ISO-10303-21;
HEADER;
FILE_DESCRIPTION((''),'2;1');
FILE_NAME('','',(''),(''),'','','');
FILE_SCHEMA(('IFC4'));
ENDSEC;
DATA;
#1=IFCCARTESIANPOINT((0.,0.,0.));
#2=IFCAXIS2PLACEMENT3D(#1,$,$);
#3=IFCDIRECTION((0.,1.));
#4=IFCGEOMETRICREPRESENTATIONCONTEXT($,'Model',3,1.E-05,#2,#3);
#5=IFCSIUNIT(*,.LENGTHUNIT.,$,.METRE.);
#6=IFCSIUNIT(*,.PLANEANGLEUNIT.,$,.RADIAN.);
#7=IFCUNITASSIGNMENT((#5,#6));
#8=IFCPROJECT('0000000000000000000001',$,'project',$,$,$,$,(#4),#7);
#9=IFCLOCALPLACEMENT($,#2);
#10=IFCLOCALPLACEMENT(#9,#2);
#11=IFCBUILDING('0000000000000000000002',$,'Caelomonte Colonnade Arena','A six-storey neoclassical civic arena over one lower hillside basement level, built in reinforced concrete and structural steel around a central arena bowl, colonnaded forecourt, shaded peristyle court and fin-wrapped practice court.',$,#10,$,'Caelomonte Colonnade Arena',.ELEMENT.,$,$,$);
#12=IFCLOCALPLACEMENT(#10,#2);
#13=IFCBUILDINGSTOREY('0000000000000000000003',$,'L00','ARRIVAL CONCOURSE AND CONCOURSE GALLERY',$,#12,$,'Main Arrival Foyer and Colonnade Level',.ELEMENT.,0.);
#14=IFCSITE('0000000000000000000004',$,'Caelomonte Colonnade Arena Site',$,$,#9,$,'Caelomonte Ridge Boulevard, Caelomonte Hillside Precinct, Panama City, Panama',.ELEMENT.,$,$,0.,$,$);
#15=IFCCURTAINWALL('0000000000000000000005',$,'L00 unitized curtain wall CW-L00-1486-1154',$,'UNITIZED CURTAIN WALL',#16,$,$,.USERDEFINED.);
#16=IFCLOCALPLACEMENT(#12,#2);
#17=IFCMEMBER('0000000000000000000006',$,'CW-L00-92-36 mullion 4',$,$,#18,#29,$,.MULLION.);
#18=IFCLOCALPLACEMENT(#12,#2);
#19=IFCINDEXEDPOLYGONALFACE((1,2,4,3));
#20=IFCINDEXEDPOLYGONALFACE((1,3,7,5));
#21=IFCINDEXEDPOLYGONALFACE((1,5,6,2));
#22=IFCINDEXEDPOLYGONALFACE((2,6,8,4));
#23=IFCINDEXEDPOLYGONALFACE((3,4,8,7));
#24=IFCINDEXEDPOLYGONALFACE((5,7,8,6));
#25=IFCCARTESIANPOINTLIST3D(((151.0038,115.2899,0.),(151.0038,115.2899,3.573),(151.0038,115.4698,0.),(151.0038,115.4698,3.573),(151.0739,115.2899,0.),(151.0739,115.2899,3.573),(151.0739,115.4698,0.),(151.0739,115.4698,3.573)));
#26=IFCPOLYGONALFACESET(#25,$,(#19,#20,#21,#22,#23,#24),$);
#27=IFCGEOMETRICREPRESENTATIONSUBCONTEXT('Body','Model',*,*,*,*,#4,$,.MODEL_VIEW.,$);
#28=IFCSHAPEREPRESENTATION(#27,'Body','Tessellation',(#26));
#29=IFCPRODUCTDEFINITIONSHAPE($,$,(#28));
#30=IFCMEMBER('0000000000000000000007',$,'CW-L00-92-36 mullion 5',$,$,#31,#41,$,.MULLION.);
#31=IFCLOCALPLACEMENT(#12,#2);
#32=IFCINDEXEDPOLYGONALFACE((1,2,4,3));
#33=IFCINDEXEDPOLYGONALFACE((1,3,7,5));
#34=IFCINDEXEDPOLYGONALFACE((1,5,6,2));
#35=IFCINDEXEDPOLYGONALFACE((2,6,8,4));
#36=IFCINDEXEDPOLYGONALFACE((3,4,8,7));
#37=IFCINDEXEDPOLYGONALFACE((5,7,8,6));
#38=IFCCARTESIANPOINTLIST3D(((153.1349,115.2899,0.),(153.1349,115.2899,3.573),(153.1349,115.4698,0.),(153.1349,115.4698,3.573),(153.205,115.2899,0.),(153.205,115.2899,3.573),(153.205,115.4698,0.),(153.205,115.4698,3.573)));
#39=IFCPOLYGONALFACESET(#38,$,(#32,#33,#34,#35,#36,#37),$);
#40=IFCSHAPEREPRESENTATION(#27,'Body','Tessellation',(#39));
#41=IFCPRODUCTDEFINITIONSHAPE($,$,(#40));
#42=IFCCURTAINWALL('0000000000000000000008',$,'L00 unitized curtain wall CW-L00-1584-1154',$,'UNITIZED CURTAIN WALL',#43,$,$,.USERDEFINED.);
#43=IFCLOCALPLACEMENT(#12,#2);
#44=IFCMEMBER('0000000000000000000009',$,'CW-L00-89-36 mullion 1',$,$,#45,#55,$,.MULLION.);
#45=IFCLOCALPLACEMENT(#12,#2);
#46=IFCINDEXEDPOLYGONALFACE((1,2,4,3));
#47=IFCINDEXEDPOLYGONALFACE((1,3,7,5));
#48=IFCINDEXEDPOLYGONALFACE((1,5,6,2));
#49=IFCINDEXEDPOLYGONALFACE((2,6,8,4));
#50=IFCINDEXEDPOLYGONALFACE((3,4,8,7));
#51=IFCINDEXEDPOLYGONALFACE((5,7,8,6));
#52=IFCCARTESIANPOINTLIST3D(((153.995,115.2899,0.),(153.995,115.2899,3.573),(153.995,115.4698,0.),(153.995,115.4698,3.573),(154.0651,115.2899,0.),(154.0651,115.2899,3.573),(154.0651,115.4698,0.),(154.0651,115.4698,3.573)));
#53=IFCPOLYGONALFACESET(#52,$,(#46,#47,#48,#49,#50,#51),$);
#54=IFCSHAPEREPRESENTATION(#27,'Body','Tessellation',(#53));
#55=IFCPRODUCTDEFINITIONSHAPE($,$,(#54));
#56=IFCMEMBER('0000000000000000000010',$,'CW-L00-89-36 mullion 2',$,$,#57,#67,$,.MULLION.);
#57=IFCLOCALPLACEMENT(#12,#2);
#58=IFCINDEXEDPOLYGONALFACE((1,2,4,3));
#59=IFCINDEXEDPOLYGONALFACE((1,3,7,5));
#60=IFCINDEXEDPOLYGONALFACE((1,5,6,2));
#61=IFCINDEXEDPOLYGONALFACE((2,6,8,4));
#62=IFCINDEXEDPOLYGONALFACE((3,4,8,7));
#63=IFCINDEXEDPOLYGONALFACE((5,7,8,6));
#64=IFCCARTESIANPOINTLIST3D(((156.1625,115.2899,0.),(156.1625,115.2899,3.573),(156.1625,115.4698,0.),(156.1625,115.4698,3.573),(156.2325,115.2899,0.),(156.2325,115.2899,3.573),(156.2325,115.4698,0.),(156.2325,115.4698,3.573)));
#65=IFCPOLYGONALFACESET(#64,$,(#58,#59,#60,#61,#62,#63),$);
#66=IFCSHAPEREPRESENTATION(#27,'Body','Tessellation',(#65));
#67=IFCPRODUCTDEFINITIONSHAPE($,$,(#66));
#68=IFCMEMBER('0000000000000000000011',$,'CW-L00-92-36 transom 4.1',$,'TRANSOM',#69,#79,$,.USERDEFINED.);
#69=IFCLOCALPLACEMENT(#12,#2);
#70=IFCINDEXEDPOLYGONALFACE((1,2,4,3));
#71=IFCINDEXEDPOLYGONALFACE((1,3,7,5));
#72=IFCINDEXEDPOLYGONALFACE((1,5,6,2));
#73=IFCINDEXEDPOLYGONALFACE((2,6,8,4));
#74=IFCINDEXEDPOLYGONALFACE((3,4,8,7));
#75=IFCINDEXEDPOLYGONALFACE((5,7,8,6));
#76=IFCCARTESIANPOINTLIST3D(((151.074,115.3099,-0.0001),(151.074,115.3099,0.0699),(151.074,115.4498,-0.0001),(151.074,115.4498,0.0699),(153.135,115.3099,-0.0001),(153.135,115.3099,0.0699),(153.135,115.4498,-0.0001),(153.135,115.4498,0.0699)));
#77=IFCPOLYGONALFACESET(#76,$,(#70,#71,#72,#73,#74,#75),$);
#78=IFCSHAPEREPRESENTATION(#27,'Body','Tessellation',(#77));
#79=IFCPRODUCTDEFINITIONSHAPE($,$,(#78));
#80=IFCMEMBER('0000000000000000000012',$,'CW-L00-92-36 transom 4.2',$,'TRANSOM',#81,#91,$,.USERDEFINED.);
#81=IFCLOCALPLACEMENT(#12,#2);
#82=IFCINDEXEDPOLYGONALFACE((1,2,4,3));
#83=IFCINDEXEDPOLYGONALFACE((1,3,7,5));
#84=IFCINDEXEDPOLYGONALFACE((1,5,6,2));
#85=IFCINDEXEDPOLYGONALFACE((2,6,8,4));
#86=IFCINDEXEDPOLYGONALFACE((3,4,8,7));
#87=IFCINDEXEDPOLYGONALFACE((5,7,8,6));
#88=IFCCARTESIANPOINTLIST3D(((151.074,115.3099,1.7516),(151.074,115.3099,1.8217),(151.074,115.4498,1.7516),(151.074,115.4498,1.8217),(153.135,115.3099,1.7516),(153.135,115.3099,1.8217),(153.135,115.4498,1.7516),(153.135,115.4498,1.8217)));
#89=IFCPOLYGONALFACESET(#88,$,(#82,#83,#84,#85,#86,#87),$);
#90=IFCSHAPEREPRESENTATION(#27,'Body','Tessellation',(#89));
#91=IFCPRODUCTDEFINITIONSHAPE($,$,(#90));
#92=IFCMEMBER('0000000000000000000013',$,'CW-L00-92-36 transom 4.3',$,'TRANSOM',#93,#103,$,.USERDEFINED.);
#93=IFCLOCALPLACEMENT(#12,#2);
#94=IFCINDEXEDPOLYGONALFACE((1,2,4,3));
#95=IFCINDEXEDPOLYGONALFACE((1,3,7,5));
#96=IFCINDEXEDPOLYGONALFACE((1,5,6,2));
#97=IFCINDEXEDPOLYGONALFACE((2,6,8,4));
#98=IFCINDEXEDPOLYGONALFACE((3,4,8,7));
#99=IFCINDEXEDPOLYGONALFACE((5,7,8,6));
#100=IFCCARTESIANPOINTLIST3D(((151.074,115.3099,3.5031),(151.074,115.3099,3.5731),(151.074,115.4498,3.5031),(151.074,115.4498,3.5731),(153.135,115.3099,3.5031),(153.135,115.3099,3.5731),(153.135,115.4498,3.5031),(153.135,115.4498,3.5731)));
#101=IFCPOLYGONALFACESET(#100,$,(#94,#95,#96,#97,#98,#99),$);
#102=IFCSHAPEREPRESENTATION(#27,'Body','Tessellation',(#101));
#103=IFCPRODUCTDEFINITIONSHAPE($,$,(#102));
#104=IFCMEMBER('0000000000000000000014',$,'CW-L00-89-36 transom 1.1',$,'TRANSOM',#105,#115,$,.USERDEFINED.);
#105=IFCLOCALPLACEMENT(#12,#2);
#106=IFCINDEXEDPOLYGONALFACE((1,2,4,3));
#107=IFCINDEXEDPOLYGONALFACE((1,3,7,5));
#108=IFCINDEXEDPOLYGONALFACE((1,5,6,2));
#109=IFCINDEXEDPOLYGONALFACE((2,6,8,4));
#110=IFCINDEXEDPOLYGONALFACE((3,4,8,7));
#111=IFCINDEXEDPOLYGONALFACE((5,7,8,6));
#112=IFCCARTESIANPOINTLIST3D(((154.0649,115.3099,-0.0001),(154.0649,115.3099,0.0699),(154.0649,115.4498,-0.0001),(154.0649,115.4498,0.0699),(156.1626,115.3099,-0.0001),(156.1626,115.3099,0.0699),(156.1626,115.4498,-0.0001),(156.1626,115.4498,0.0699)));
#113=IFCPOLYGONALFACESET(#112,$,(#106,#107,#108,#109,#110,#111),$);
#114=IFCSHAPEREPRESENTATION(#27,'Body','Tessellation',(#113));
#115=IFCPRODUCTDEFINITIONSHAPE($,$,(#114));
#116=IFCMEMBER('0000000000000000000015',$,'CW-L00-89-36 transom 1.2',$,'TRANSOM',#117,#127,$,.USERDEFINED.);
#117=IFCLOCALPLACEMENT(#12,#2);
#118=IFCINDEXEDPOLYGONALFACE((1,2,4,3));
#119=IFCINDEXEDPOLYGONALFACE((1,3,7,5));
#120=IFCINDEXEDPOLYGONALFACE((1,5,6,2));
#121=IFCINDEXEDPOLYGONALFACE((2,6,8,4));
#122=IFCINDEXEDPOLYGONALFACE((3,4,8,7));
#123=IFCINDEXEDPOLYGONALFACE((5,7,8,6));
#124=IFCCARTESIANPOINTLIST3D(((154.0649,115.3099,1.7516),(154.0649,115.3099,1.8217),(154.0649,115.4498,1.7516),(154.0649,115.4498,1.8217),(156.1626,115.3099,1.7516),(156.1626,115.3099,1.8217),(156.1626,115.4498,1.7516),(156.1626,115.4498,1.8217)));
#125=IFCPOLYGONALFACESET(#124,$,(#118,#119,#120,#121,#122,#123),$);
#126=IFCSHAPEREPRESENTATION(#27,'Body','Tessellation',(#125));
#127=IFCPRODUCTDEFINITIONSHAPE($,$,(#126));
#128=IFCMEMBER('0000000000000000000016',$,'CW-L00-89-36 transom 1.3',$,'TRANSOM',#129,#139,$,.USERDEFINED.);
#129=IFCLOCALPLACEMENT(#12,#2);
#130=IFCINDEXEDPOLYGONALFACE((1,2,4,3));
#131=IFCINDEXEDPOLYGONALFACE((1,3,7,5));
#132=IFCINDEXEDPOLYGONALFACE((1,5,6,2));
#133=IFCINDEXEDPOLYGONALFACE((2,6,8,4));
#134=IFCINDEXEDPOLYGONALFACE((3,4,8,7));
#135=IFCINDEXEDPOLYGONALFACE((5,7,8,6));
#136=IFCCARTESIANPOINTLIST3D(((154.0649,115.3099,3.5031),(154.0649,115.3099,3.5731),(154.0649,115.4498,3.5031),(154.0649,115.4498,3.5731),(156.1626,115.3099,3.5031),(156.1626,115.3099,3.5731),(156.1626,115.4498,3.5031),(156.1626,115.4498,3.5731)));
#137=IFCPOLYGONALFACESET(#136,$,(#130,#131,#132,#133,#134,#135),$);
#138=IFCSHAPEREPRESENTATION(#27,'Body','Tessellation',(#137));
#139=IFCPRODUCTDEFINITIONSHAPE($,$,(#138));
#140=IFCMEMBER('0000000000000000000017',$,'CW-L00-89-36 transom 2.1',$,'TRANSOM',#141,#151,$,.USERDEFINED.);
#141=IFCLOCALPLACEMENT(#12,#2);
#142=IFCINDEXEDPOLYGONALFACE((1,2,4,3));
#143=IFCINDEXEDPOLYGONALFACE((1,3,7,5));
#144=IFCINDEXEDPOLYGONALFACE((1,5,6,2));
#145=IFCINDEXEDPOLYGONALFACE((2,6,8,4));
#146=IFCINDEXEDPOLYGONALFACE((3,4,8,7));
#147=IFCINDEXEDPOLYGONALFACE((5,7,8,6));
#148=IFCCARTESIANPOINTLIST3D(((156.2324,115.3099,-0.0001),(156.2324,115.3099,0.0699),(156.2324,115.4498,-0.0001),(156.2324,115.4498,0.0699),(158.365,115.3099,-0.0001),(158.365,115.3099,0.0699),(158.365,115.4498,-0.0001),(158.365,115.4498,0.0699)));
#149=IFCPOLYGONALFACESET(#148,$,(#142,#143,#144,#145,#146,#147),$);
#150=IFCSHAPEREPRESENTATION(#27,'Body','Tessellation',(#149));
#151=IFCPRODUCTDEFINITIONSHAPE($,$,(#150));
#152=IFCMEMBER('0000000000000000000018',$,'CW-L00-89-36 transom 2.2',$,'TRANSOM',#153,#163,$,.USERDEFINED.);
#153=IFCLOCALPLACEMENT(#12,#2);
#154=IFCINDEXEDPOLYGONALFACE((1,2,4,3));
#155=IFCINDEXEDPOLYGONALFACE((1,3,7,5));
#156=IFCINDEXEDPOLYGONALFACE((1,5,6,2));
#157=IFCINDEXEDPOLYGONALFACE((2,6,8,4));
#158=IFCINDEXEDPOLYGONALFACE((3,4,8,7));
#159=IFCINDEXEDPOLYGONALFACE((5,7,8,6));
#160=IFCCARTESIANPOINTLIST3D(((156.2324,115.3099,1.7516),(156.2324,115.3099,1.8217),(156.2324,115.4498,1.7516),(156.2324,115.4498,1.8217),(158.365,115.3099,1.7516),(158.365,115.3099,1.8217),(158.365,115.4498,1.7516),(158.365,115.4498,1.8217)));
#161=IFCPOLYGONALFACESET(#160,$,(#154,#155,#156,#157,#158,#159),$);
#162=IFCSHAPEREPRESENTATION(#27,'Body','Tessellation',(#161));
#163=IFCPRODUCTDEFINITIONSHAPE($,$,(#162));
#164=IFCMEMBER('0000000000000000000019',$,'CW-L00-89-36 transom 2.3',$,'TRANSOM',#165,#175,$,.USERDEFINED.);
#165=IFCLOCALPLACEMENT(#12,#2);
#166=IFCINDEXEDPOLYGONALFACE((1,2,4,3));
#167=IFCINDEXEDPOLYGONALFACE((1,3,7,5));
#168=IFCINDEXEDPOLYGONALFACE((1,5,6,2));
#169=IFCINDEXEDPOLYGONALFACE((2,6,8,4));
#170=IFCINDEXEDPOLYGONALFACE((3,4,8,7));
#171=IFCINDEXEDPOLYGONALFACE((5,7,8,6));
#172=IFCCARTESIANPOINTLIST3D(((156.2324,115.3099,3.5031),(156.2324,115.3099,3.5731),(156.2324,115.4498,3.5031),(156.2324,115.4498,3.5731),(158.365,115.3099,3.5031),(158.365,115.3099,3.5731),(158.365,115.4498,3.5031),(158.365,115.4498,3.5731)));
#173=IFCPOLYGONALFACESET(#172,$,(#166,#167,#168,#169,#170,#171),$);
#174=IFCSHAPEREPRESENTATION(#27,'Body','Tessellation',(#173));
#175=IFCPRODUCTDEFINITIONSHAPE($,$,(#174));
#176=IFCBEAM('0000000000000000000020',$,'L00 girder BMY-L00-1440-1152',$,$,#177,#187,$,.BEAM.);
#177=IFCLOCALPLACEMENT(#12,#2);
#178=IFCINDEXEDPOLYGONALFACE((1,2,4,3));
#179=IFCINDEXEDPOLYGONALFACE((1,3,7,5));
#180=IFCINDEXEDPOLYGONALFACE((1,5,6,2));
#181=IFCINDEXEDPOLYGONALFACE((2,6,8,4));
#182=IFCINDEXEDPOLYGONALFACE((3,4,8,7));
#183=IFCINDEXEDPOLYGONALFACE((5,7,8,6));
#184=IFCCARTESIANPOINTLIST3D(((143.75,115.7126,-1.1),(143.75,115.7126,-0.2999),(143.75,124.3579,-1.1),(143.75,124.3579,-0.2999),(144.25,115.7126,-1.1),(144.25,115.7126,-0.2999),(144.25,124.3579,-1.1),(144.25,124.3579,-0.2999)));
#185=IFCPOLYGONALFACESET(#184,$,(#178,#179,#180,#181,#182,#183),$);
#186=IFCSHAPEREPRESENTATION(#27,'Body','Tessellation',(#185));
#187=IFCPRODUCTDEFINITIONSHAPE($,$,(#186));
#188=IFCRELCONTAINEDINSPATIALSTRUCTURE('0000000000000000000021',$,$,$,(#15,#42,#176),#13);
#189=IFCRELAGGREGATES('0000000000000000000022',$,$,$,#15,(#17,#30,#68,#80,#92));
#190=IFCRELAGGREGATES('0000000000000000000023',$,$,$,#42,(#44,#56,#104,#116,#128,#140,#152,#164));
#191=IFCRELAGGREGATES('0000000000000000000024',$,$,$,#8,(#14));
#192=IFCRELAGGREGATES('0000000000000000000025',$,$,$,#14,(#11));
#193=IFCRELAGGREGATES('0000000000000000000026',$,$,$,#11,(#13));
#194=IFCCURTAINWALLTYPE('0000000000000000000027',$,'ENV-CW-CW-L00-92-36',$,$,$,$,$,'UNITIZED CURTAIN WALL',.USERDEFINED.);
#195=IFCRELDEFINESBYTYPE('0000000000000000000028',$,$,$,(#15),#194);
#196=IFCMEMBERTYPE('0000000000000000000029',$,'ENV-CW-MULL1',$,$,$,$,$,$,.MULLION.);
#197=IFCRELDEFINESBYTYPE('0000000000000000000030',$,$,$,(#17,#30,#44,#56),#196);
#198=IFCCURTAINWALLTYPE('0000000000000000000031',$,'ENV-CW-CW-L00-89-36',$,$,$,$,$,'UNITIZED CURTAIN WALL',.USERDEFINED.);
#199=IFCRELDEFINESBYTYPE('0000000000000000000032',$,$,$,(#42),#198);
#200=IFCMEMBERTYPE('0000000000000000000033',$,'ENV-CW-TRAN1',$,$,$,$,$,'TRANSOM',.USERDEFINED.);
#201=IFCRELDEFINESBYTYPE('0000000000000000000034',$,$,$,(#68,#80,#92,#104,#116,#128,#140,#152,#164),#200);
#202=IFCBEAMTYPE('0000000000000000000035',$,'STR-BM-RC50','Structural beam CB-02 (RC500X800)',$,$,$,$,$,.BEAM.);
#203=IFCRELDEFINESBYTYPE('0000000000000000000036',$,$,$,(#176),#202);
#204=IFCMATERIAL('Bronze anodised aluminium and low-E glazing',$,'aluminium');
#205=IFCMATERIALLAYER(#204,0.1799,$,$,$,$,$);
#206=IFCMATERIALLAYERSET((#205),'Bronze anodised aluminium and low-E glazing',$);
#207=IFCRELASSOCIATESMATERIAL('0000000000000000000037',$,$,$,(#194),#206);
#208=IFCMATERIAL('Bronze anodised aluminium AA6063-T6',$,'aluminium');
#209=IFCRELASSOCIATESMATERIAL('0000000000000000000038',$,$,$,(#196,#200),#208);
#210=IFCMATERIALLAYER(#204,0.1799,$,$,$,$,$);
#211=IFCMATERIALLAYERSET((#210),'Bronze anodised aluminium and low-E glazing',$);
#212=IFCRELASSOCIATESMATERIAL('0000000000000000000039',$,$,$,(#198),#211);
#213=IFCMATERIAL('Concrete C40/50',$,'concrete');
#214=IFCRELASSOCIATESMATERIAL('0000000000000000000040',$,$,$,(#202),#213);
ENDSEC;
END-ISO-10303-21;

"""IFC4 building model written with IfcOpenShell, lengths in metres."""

from ifc_helpers import new_model, si_unit, direction, frame, origin, origin_2d, place, context, subcontext, project, spatial, rectangle, extrude, material, layer, layer_set, material_profile, profile_set, type_object, element, aggregate, save


model = new_model("IFC4")

# Units and contexts
model_context = context("Model", 3, precision=1e-05, world=origin(), true_north=direction((0.0, 1.0)))
body_context = subcontext(model_context, "Body", "Model", "MODEL_VIEW")
ifc_project = project(units=[si_unit("LENGTHUNIT", "METRE"), si_unit("PLANEANGLEUNIT", "RADIAN")], contexts=[model_context])

# Site, building, storey
site_placement = place(None, origin())
site = spatial("IfcSite", under=ifc_project, at=site_placement, Name="Caelomonte Colonnade Arena Site", LongName="Caelomonte Ridge Boulevard, Caelomonte Hillside Precinct, Panama City, Panama", CompositionType="ELEMENT", RefElevation=0.0)
building_placement = place(site_placement, origin())
building = spatial("IfcBuilding", under=site, at=building_placement, Name="Caelomonte Colonnade Arena", Description="A six-storey neoclassical civic arena over one lower hillside basement level, built in reinforced concrete and structural steel around a central arena bowl, colonnaded forecourt, shaded peristyle court and fin-wrapped practice court.", LongName="Caelomonte Colonnade Arena", CompositionType="ELEMENT")
storey_placement = place(building_placement, origin())
storey = spatial("IfcBuildingStorey", under=building, at=storey_placement, Name="L00", Description="ARRIVAL CONCOURSE AND CONCOURSE GALLERY", LongName="Main Arrival Foyer and Colonnade Level", CompositionType="ELEMENT", Elevation=0.0)

# Curtain walls, members
ifc_material_1 = material(Name="Bronze anodised aluminium and low-E glazing", Category="aluminium")
ifc_layer_1 = layer(ifc_material_1, 0.1799)
ifc_layer_set_1 = layer_set([ifc_layer_1], Name="Bronze anodised aluminium and low-E glazing")
curtain_wall_type_1 = type_object("IfcCurtainWallType", Name="ENV-CW-CW-L00-92-36", ElementType="UNITIZED CURTAIN WALL", PredefinedType="USERDEFINED", material=ifc_layer_set_1)
curtain_wall_1_placement = place(storey_placement, origin())
curtain_wall_1 = element("IfcCurtainWall", 1, at=curtain_wall_1_placement, inside=storey, type_object=curtain_wall_type_1, Name="L00 unitized curtain wall CW-L00-1486-1154", ObjectType="UNITIZED CURTAIN WALL", PredefinedType="USERDEFINED")
ifc_material_2 = material(Name="Bronze anodised aluminium AA6063-T6", Category="aluminium")
ifc_material_profile_1 = material_profile(ifc_material_2, rectangle(XDim=0.0701, YDim=0.1799, at=origin_2d()), Name="CWM-70X180")
ifc_profile_set_1 = profile_set([ifc_material_profile_1], Name="Bronze anodised aluminium AA6063-T6")
member_type_1 = type_object("IfcMemberType", Name="ENV-CW-MULL1", PredefinedType="MULLION", material=ifc_profile_set_1)
member_1_placement = place(storey_placement, frame((151.0388, 115.3799, 0.0), z_axis=(0.0, 0.0, 1.0), x_axis=(1.0, 0.0, 0.0)))
member_1 = element("IfcMember", 2, at=member_1_placement, type_object=member_type_1, Name="CW-L00-92-36 mullion 4", PredefinedType="MULLION", context=body_context, shape_type="SweptSolid", body=[
    extrude(rectangle(XDim=0.0701, YDim=0.1799, at=origin_2d()), origin(), (0.0, 0.0, 1.0), 3.573),
])
member_2_placement = place(storey_placement, frame((153.1699, 115.3799, 0.0), z_axis=(0.0, 0.0, 1.0), x_axis=(1.0, 0.0, 0.0)))
member_2 = element("IfcMember", 3, at=member_2_placement, type_object=member_type_1, Name="CW-L00-92-36 mullion 5", PredefinedType="MULLION", context=body_context, shape_type="SweptSolid", body=[
    extrude(rectangle(XDim=0.0701, YDim=0.1799, at=origin_2d()), origin(), (0.0, 0.0, 1.0), 3.573),
])
ifc_layer_2 = layer(ifc_material_1, 0.1799)
ifc_layer_set_2 = layer_set([ifc_layer_2], Name="Bronze anodised aluminium and low-E glazing")
curtain_wall_type_2 = type_object("IfcCurtainWallType", Name="ENV-CW-CW-L00-89-36", ElementType="UNITIZED CURTAIN WALL", PredefinedType="USERDEFINED", material=ifc_layer_set_2)
curtain_wall_2_placement = place(storey_placement, origin())
curtain_wall_2 = element("IfcCurtainWall", 4, at=curtain_wall_2_placement, inside=storey, type_object=curtain_wall_type_2, Name="L00 unitized curtain wall CW-L00-1584-1154", ObjectType="UNITIZED CURTAIN WALL", PredefinedType="USERDEFINED")
member_3_placement = place(storey_placement, frame((154.03, 115.3799, 0.0), z_axis=(0.0, 0.0, 1.0), x_axis=(1.0, 0.0, 0.0)))
member_3 = element("IfcMember", 5, at=member_3_placement, type_object=member_type_1, Name="CW-L00-89-36 mullion 1", PredefinedType="MULLION", context=body_context, shape_type="SweptSolid", body=[
    extrude(rectangle(XDim=0.0701, YDim=0.1799, at=origin_2d()), origin(), (0.0, 0.0, 1.0), 3.573),
])
member_4_placement = place(storey_placement, frame((156.1975, 115.3799, 0.0), z_axis=(0.0, 0.0, 1.0), x_axis=(1.0, 0.0, 0.0)))
member_4 = element("IfcMember", 6, at=member_4_placement, type_object=member_type_1, Name="CW-L00-89-36 mullion 2", PredefinedType="MULLION", context=body_context, shape_type="SweptSolid", body=[
    extrude(rectangle(XDim=0.0701, YDim=0.1799, at=origin_2d()), origin(), (0.0, 0.0, 1.0), 3.573),
])

# Members
ifc_material_profile_2 = material_profile(ifc_material_2, rectangle(XDim=0.0701, YDim=0.1399, at=origin_2d()), Name="CWT-70X140")
ifc_profile_set_2 = profile_set([ifc_material_profile_2], Name="Bronze anodised aluminium AA6063-T6")
member_type_2 = type_object("IfcMemberType", Name="ENV-CW-TRAN1", ElementType="TRANSOM", PredefinedType="USERDEFINED", material=ifc_profile_set_2)
member_5_placement = place(storey_placement, frame((151.074, 115.3799, 0.0349), z_axis=(1.0, 0.0, 0.0), x_axis=(0.0, 0.0, 1.0)))
member_5 = element("IfcMember", 7, at=member_5_placement, type_object=member_type_2, Name="CW-L00-92-36 transom 4.1", ObjectType="TRANSOM", PredefinedType="USERDEFINED", context=body_context, shape_type="SweptSolid", body=[
    extrude(rectangle(XDim=0.0701, YDim=0.1399, at=origin_2d()), origin(), (0.0, 0.0, 1.0), 2.061),
])
member_6_placement = place(storey_placement, frame((151.074, 115.3799, 1.7866), z_axis=(1.0, 0.0, 0.0), x_axis=(0.0, 0.0, 1.0)))
member_6 = element("IfcMember", 8, at=member_6_placement, type_object=member_type_2, Name="CW-L00-92-36 transom 4.2", ObjectType="TRANSOM", PredefinedType="USERDEFINED", context=body_context, shape_type="SweptSolid", body=[
    extrude(rectangle(XDim=0.0701, YDim=0.1399, at=origin_2d()), origin(), (0.0, 0.0, 1.0), 2.061),
])
member_7_placement = place(storey_placement, frame((151.074, 115.3799, 3.5381), z_axis=(1.0, 0.0, 0.0), x_axis=(0.0, 0.0, 1.0)))
member_7 = element("IfcMember", 9, at=member_7_placement, type_object=member_type_2, Name="CW-L00-92-36 transom 4.3", ObjectType="TRANSOM", PredefinedType="USERDEFINED", context=body_context, shape_type="SweptSolid", body=[
    extrude(rectangle(XDim=0.0701, YDim=0.1399, at=origin_2d()), origin(), (0.0, 0.0, 1.0), 2.061),
])
member_8_placement = place(storey_placement, frame((154.0649, 115.3799, 0.0349), z_axis=(1.0, 0.0, 0.0), x_axis=(0.0, 0.0, 1.0)))
member_8 = element("IfcMember", 10, at=member_8_placement, type_object=member_type_2, Name="CW-L00-89-36 transom 1.1", ObjectType="TRANSOM", PredefinedType="USERDEFINED", context=body_context, shape_type="SweptSolid", body=[
    extrude(rectangle(XDim=0.0701, YDim=0.1399, at=origin_2d()), origin(), (0.0, 0.0, 1.0), 2.0977),
])
member_9_placement = place(storey_placement, frame((154.0649, 115.3799, 1.7866), z_axis=(1.0, 0.0, 0.0), x_axis=(0.0, 0.0, 1.0)))
member_9 = element("IfcMember", 11, at=member_9_placement, type_object=member_type_2, Name="CW-L00-89-36 transom 1.2", ObjectType="TRANSOM", PredefinedType="USERDEFINED", context=body_context, shape_type="SweptSolid", body=[
    extrude(rectangle(XDim=0.0701, YDim=0.1399, at=origin_2d()), origin(), (0.0, 0.0, 1.0), 2.0977),
])
member_10_placement = place(storey_placement, frame((154.0649, 115.3799, 3.5381), z_axis=(1.0, 0.0, 0.0), x_axis=(0.0, 0.0, 1.0)))
member_10 = element("IfcMember", 12, at=member_10_placement, type_object=member_type_2, Name="CW-L00-89-36 transom 1.3", ObjectType="TRANSOM", PredefinedType="USERDEFINED", context=body_context, shape_type="SweptSolid", body=[
    extrude(rectangle(XDim=0.0701, YDim=0.1399, at=origin_2d()), origin(), (0.0, 0.0, 1.0), 2.0977),
])
member_11_placement = place(storey_placement, frame((156.2324, 115.3799, 0.0349), z_axis=(1.0, 0.0, 0.0), x_axis=(0.0, 0.0, 1.0)))
member_11 = element("IfcMember", 13, at=member_11_placement, type_object=member_type_2, Name="CW-L00-89-36 transom 2.1", ObjectType="TRANSOM", PredefinedType="USERDEFINED", context=body_context, shape_type="SweptSolid", body=[
    extrude(rectangle(XDim=0.0701, YDim=0.1399, at=origin_2d()), origin(), (0.0, 0.0, 1.0), 2.1326),
])
member_12_placement = place(storey_placement, frame((156.2324, 115.3799, 1.7866), z_axis=(1.0, 0.0, 0.0), x_axis=(0.0, 0.0, 1.0)))
member_12 = element("IfcMember", 14, at=member_12_placement, type_object=member_type_2, Name="CW-L00-89-36 transom 2.2", ObjectType="TRANSOM", PredefinedType="USERDEFINED", context=body_context, shape_type="SweptSolid", body=[
    extrude(rectangle(XDim=0.0701, YDim=0.1399, at=origin_2d()), origin(), (0.0, 0.0, 1.0), 2.1326),
])
member_13_placement = place(storey_placement, frame((156.2324, 115.3799, 3.5381), z_axis=(1.0, 0.0, 0.0), x_axis=(0.0, 0.0, 1.0)))
member_13 = element("IfcMember", 15, at=member_13_placement, type_object=member_type_2, Name="CW-L00-89-36 transom 2.3", ObjectType="TRANSOM", PredefinedType="USERDEFINED", context=body_context, shape_type="SweptSolid", body=[
    extrude(rectangle(XDim=0.0701, YDim=0.1399, at=origin_2d()), origin(), (0.0, 0.0, 1.0), 2.1326),
])

# Beam
ifc_material_3 = material(Name="Concrete C40/50", Category="concrete")
ifc_material_profile_3 = material_profile(ifc_material_3, rectangle(XDim=0.5, YDim=0.8, at=origin_2d()), Name="RC500X800")
ifc_profile_set_3 = profile_set([ifc_material_profile_3], Name="Concrete C40/50")
beam_type = type_object("IfcBeamType", Name="STR-BM-RC50", Description="Structural beam CB-02 (RC500X800)", PredefinedType="BEAM", material=ifc_profile_set_3)
beam_1_placement = place(storey_placement, frame((144.0, 115.7126, -0.7), z_axis=(0.0, 1.0, 0.0), x_axis=(-1.0, 0.0, 0.0)))
element("IfcBeam", 16, at=beam_1_placement, inside=storey, type_object=beam_type, Name="L00 girder BMY-L00-1440-1152", PredefinedType="BEAM", context=body_context, shape_type="SweptSolid", body=[
    extrude(rectangle(XDim=0.5, YDim=0.8, at=origin_2d()), origin(), (0.0, 0.0, 1.0), 8.6453),
])

aggregate(curtain_wall_1, [member_1, member_2, member_5, member_6, member_7])
aggregate(curtain_wall_2, [member_3, member_4, member_8, member_9, member_10, member_11, member_12, member_13])

save(model, "model.ifc")
